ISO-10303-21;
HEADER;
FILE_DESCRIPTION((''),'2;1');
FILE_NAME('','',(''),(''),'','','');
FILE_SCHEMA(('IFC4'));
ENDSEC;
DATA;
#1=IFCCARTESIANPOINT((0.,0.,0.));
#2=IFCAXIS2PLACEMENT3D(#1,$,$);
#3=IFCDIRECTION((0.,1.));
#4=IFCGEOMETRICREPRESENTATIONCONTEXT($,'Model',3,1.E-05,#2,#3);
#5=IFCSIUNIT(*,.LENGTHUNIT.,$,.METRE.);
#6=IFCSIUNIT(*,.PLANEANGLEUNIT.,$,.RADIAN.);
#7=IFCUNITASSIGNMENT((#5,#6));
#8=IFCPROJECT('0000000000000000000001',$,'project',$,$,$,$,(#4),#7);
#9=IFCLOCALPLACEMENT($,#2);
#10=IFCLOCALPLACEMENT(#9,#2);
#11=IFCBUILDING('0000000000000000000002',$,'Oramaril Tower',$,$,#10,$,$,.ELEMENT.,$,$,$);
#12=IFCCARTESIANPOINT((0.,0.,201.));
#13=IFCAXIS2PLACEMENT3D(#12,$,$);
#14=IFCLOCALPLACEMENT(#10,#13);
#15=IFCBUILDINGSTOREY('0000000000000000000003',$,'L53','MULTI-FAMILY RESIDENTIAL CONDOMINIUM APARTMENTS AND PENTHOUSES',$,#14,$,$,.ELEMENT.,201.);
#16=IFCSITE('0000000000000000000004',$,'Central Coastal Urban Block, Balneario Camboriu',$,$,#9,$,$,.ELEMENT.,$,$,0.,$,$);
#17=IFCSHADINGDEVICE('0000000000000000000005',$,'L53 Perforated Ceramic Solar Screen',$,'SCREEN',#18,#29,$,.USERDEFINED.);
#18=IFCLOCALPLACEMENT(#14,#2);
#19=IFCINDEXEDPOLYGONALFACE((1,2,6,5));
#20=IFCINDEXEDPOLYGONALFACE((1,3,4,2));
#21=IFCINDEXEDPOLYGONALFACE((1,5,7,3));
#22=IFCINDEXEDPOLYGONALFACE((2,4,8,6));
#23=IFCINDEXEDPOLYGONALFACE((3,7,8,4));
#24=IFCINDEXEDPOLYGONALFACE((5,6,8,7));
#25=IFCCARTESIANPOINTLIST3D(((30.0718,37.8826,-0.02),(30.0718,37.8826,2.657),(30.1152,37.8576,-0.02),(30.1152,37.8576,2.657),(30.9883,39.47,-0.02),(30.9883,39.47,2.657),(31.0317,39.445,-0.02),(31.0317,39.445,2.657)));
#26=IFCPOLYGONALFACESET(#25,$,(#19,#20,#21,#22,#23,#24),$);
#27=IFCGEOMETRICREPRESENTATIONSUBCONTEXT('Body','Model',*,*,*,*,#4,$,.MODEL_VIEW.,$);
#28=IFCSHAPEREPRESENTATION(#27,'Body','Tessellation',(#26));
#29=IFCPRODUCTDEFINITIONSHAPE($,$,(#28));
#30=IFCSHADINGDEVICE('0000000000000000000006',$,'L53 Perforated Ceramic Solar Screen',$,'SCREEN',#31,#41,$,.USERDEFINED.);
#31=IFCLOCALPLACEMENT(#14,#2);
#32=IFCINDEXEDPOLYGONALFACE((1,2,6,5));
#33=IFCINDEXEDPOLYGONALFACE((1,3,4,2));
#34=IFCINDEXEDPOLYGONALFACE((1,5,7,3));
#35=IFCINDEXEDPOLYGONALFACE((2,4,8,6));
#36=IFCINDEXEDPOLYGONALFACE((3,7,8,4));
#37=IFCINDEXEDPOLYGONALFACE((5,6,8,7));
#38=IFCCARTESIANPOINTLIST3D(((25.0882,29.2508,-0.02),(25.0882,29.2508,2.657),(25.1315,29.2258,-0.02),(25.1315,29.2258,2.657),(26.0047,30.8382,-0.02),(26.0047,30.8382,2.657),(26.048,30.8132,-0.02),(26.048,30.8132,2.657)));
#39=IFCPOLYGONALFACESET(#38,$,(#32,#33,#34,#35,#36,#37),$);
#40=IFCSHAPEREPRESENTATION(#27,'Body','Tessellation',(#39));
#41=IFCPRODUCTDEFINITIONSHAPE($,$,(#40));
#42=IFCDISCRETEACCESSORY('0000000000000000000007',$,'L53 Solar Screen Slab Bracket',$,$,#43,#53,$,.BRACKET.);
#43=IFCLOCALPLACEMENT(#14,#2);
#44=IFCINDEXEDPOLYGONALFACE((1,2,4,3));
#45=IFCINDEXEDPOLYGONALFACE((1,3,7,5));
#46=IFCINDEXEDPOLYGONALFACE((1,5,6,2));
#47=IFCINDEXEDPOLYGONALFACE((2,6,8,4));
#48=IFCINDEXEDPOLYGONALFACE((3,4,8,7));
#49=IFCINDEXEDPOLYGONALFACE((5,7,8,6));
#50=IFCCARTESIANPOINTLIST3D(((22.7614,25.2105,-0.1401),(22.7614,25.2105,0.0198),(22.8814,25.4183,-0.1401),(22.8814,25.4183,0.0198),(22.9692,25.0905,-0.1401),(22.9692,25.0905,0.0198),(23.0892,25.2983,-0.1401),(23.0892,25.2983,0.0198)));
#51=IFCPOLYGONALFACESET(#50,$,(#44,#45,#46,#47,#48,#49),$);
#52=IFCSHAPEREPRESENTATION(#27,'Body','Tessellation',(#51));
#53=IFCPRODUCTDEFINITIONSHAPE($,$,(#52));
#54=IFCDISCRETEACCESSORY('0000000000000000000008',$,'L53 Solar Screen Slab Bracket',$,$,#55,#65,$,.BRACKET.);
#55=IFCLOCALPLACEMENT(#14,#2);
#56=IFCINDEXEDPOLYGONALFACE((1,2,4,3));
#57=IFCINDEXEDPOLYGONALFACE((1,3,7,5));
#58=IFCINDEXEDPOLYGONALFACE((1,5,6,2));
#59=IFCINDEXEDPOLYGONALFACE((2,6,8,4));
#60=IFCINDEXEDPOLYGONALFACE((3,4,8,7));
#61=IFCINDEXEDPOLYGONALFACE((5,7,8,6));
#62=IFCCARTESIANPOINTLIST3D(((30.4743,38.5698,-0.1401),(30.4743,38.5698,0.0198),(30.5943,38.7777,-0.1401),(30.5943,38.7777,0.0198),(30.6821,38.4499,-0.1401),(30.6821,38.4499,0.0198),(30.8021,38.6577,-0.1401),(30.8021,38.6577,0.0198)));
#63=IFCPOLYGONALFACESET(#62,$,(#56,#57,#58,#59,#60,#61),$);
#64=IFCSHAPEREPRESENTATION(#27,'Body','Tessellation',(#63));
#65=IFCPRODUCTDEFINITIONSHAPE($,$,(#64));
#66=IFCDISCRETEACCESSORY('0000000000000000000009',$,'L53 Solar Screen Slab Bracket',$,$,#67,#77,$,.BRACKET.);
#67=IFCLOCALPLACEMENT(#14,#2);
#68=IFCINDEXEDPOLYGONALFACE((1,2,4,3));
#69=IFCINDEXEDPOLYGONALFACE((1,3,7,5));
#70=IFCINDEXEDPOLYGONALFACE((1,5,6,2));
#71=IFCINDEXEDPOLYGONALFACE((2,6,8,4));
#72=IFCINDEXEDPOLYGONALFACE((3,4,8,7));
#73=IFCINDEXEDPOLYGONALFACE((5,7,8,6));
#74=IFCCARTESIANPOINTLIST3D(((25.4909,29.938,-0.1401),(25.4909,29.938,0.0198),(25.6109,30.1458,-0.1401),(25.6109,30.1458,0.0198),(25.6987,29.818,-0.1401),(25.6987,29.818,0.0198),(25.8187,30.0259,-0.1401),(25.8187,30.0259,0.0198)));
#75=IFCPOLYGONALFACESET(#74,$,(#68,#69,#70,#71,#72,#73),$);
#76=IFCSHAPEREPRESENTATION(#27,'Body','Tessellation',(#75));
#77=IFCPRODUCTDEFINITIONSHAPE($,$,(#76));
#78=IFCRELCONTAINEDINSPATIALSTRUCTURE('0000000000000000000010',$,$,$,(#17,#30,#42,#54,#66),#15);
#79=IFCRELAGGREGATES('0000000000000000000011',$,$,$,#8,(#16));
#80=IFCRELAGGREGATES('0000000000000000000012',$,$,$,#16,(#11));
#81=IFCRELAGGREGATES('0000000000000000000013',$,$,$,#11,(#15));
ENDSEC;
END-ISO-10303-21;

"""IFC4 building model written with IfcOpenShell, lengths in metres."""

from ifc_helpers import new_model, si_unit, direction, frame, origin, origin_2d, place, context, subcontext, project, spatial, rectangle, extrude, element, save


model = new_model("IFC4")

# Units and contexts
model_context = context("Model", 3, precision=1e-05, world=origin(), true_north=direction((0.0, 1.0)))
body_context = subcontext(model_context, "Body", "Model", "MODEL_VIEW")
ifc_project = project(units=[si_unit("LENGTHUNIT", "METRE"), si_unit("PLANEANGLEUNIT", "RADIAN")], contexts=[model_context])

# Site, building, storey
site_placement = place(None, origin())
site = spatial("IfcSite", under=ifc_project, at=site_placement, Name="Central Coastal Urban Block, Balneario Camboriu", CompositionType="ELEMENT", RefElevation=0.0)
building_placement = place(site_placement, origin())
building = spatial("IfcBuilding", under=site, at=building_placement, Name="Oramaril Tower", CompositionType="ELEMENT")
storey_placement = place(building_placement, frame((0.0, 0.0, 201.0)))
storey = spatial("IfcBuildingStorey", under=building, at=storey_placement, Name="L53", Description="MULTI-FAMILY RESIDENTIAL CONDOMINIUM APARTMENTS AND PENTHOUSES", CompositionType="ELEMENT", Elevation=201.0)

# Shading devices
for number, where, z_axis, x_axis, name in (
    (1, (30.5518, 38.6638, -0.02), (0.0, 0.0, 1.0), (-0.5, -0.866025, 0.0), "L53 Perforated Ceramic Solar Screen"),
    (2, (25.5681, 30.032, -0.02), (0.0, 0.0, 1.0), (-0.5, -0.866025, 0.0), "L53 Perforated Ceramic Solar Screen"),
):
    element("IfcShadingDevice", number, at=place(storey_placement, frame(where, z_axis=z_axis, x_axis=x_axis)), inside=storey, Name=name, ObjectType="SCREEN", PredefinedType="USERDEFINED", context=body_context, shape_type="SweptSolid", body=[
        extrude(rectangle(XDim=1.833, YDim=0.05, at=origin_2d()), origin(), (0.0, 0.0, 1.0), 2.677),
    ])

# Discrete accessories
for number, where, z_axis, x_axis, name in (
    (3, (22.9253, 25.2544, -0.1401), (0.0, 0.0, 1.0), (-0.5, -0.866025, 0.0), "L53 Solar Screen Slab Bracket"),
    (4, (30.6382, 38.6138, -0.1401), (0.0, 0.0, 1.0), (-0.5, -0.866025, 0.0), "L53 Solar Screen Slab Bracket"),
    (5, (25.6548, 29.9819, -0.1401), (0.0, 0.0, 1.0), (-0.5, -0.866025, 0.0), "L53 Solar Screen Slab Bracket"),
):
    element("IfcDiscreteAccessory", number, at=place(storey_placement, frame(where, z_axis=z_axis, x_axis=x_axis)), inside=storey, Name=name, PredefinedType="BRACKET", context=body_context, shape_type="SweptSolid", body=[
        extrude(rectangle(XDim=0.24, YDim=0.24, at=origin_2d()), origin(), (0.0, 0.0, 1.0), 0.1599),
    ])

save(model, "model.ifc")
